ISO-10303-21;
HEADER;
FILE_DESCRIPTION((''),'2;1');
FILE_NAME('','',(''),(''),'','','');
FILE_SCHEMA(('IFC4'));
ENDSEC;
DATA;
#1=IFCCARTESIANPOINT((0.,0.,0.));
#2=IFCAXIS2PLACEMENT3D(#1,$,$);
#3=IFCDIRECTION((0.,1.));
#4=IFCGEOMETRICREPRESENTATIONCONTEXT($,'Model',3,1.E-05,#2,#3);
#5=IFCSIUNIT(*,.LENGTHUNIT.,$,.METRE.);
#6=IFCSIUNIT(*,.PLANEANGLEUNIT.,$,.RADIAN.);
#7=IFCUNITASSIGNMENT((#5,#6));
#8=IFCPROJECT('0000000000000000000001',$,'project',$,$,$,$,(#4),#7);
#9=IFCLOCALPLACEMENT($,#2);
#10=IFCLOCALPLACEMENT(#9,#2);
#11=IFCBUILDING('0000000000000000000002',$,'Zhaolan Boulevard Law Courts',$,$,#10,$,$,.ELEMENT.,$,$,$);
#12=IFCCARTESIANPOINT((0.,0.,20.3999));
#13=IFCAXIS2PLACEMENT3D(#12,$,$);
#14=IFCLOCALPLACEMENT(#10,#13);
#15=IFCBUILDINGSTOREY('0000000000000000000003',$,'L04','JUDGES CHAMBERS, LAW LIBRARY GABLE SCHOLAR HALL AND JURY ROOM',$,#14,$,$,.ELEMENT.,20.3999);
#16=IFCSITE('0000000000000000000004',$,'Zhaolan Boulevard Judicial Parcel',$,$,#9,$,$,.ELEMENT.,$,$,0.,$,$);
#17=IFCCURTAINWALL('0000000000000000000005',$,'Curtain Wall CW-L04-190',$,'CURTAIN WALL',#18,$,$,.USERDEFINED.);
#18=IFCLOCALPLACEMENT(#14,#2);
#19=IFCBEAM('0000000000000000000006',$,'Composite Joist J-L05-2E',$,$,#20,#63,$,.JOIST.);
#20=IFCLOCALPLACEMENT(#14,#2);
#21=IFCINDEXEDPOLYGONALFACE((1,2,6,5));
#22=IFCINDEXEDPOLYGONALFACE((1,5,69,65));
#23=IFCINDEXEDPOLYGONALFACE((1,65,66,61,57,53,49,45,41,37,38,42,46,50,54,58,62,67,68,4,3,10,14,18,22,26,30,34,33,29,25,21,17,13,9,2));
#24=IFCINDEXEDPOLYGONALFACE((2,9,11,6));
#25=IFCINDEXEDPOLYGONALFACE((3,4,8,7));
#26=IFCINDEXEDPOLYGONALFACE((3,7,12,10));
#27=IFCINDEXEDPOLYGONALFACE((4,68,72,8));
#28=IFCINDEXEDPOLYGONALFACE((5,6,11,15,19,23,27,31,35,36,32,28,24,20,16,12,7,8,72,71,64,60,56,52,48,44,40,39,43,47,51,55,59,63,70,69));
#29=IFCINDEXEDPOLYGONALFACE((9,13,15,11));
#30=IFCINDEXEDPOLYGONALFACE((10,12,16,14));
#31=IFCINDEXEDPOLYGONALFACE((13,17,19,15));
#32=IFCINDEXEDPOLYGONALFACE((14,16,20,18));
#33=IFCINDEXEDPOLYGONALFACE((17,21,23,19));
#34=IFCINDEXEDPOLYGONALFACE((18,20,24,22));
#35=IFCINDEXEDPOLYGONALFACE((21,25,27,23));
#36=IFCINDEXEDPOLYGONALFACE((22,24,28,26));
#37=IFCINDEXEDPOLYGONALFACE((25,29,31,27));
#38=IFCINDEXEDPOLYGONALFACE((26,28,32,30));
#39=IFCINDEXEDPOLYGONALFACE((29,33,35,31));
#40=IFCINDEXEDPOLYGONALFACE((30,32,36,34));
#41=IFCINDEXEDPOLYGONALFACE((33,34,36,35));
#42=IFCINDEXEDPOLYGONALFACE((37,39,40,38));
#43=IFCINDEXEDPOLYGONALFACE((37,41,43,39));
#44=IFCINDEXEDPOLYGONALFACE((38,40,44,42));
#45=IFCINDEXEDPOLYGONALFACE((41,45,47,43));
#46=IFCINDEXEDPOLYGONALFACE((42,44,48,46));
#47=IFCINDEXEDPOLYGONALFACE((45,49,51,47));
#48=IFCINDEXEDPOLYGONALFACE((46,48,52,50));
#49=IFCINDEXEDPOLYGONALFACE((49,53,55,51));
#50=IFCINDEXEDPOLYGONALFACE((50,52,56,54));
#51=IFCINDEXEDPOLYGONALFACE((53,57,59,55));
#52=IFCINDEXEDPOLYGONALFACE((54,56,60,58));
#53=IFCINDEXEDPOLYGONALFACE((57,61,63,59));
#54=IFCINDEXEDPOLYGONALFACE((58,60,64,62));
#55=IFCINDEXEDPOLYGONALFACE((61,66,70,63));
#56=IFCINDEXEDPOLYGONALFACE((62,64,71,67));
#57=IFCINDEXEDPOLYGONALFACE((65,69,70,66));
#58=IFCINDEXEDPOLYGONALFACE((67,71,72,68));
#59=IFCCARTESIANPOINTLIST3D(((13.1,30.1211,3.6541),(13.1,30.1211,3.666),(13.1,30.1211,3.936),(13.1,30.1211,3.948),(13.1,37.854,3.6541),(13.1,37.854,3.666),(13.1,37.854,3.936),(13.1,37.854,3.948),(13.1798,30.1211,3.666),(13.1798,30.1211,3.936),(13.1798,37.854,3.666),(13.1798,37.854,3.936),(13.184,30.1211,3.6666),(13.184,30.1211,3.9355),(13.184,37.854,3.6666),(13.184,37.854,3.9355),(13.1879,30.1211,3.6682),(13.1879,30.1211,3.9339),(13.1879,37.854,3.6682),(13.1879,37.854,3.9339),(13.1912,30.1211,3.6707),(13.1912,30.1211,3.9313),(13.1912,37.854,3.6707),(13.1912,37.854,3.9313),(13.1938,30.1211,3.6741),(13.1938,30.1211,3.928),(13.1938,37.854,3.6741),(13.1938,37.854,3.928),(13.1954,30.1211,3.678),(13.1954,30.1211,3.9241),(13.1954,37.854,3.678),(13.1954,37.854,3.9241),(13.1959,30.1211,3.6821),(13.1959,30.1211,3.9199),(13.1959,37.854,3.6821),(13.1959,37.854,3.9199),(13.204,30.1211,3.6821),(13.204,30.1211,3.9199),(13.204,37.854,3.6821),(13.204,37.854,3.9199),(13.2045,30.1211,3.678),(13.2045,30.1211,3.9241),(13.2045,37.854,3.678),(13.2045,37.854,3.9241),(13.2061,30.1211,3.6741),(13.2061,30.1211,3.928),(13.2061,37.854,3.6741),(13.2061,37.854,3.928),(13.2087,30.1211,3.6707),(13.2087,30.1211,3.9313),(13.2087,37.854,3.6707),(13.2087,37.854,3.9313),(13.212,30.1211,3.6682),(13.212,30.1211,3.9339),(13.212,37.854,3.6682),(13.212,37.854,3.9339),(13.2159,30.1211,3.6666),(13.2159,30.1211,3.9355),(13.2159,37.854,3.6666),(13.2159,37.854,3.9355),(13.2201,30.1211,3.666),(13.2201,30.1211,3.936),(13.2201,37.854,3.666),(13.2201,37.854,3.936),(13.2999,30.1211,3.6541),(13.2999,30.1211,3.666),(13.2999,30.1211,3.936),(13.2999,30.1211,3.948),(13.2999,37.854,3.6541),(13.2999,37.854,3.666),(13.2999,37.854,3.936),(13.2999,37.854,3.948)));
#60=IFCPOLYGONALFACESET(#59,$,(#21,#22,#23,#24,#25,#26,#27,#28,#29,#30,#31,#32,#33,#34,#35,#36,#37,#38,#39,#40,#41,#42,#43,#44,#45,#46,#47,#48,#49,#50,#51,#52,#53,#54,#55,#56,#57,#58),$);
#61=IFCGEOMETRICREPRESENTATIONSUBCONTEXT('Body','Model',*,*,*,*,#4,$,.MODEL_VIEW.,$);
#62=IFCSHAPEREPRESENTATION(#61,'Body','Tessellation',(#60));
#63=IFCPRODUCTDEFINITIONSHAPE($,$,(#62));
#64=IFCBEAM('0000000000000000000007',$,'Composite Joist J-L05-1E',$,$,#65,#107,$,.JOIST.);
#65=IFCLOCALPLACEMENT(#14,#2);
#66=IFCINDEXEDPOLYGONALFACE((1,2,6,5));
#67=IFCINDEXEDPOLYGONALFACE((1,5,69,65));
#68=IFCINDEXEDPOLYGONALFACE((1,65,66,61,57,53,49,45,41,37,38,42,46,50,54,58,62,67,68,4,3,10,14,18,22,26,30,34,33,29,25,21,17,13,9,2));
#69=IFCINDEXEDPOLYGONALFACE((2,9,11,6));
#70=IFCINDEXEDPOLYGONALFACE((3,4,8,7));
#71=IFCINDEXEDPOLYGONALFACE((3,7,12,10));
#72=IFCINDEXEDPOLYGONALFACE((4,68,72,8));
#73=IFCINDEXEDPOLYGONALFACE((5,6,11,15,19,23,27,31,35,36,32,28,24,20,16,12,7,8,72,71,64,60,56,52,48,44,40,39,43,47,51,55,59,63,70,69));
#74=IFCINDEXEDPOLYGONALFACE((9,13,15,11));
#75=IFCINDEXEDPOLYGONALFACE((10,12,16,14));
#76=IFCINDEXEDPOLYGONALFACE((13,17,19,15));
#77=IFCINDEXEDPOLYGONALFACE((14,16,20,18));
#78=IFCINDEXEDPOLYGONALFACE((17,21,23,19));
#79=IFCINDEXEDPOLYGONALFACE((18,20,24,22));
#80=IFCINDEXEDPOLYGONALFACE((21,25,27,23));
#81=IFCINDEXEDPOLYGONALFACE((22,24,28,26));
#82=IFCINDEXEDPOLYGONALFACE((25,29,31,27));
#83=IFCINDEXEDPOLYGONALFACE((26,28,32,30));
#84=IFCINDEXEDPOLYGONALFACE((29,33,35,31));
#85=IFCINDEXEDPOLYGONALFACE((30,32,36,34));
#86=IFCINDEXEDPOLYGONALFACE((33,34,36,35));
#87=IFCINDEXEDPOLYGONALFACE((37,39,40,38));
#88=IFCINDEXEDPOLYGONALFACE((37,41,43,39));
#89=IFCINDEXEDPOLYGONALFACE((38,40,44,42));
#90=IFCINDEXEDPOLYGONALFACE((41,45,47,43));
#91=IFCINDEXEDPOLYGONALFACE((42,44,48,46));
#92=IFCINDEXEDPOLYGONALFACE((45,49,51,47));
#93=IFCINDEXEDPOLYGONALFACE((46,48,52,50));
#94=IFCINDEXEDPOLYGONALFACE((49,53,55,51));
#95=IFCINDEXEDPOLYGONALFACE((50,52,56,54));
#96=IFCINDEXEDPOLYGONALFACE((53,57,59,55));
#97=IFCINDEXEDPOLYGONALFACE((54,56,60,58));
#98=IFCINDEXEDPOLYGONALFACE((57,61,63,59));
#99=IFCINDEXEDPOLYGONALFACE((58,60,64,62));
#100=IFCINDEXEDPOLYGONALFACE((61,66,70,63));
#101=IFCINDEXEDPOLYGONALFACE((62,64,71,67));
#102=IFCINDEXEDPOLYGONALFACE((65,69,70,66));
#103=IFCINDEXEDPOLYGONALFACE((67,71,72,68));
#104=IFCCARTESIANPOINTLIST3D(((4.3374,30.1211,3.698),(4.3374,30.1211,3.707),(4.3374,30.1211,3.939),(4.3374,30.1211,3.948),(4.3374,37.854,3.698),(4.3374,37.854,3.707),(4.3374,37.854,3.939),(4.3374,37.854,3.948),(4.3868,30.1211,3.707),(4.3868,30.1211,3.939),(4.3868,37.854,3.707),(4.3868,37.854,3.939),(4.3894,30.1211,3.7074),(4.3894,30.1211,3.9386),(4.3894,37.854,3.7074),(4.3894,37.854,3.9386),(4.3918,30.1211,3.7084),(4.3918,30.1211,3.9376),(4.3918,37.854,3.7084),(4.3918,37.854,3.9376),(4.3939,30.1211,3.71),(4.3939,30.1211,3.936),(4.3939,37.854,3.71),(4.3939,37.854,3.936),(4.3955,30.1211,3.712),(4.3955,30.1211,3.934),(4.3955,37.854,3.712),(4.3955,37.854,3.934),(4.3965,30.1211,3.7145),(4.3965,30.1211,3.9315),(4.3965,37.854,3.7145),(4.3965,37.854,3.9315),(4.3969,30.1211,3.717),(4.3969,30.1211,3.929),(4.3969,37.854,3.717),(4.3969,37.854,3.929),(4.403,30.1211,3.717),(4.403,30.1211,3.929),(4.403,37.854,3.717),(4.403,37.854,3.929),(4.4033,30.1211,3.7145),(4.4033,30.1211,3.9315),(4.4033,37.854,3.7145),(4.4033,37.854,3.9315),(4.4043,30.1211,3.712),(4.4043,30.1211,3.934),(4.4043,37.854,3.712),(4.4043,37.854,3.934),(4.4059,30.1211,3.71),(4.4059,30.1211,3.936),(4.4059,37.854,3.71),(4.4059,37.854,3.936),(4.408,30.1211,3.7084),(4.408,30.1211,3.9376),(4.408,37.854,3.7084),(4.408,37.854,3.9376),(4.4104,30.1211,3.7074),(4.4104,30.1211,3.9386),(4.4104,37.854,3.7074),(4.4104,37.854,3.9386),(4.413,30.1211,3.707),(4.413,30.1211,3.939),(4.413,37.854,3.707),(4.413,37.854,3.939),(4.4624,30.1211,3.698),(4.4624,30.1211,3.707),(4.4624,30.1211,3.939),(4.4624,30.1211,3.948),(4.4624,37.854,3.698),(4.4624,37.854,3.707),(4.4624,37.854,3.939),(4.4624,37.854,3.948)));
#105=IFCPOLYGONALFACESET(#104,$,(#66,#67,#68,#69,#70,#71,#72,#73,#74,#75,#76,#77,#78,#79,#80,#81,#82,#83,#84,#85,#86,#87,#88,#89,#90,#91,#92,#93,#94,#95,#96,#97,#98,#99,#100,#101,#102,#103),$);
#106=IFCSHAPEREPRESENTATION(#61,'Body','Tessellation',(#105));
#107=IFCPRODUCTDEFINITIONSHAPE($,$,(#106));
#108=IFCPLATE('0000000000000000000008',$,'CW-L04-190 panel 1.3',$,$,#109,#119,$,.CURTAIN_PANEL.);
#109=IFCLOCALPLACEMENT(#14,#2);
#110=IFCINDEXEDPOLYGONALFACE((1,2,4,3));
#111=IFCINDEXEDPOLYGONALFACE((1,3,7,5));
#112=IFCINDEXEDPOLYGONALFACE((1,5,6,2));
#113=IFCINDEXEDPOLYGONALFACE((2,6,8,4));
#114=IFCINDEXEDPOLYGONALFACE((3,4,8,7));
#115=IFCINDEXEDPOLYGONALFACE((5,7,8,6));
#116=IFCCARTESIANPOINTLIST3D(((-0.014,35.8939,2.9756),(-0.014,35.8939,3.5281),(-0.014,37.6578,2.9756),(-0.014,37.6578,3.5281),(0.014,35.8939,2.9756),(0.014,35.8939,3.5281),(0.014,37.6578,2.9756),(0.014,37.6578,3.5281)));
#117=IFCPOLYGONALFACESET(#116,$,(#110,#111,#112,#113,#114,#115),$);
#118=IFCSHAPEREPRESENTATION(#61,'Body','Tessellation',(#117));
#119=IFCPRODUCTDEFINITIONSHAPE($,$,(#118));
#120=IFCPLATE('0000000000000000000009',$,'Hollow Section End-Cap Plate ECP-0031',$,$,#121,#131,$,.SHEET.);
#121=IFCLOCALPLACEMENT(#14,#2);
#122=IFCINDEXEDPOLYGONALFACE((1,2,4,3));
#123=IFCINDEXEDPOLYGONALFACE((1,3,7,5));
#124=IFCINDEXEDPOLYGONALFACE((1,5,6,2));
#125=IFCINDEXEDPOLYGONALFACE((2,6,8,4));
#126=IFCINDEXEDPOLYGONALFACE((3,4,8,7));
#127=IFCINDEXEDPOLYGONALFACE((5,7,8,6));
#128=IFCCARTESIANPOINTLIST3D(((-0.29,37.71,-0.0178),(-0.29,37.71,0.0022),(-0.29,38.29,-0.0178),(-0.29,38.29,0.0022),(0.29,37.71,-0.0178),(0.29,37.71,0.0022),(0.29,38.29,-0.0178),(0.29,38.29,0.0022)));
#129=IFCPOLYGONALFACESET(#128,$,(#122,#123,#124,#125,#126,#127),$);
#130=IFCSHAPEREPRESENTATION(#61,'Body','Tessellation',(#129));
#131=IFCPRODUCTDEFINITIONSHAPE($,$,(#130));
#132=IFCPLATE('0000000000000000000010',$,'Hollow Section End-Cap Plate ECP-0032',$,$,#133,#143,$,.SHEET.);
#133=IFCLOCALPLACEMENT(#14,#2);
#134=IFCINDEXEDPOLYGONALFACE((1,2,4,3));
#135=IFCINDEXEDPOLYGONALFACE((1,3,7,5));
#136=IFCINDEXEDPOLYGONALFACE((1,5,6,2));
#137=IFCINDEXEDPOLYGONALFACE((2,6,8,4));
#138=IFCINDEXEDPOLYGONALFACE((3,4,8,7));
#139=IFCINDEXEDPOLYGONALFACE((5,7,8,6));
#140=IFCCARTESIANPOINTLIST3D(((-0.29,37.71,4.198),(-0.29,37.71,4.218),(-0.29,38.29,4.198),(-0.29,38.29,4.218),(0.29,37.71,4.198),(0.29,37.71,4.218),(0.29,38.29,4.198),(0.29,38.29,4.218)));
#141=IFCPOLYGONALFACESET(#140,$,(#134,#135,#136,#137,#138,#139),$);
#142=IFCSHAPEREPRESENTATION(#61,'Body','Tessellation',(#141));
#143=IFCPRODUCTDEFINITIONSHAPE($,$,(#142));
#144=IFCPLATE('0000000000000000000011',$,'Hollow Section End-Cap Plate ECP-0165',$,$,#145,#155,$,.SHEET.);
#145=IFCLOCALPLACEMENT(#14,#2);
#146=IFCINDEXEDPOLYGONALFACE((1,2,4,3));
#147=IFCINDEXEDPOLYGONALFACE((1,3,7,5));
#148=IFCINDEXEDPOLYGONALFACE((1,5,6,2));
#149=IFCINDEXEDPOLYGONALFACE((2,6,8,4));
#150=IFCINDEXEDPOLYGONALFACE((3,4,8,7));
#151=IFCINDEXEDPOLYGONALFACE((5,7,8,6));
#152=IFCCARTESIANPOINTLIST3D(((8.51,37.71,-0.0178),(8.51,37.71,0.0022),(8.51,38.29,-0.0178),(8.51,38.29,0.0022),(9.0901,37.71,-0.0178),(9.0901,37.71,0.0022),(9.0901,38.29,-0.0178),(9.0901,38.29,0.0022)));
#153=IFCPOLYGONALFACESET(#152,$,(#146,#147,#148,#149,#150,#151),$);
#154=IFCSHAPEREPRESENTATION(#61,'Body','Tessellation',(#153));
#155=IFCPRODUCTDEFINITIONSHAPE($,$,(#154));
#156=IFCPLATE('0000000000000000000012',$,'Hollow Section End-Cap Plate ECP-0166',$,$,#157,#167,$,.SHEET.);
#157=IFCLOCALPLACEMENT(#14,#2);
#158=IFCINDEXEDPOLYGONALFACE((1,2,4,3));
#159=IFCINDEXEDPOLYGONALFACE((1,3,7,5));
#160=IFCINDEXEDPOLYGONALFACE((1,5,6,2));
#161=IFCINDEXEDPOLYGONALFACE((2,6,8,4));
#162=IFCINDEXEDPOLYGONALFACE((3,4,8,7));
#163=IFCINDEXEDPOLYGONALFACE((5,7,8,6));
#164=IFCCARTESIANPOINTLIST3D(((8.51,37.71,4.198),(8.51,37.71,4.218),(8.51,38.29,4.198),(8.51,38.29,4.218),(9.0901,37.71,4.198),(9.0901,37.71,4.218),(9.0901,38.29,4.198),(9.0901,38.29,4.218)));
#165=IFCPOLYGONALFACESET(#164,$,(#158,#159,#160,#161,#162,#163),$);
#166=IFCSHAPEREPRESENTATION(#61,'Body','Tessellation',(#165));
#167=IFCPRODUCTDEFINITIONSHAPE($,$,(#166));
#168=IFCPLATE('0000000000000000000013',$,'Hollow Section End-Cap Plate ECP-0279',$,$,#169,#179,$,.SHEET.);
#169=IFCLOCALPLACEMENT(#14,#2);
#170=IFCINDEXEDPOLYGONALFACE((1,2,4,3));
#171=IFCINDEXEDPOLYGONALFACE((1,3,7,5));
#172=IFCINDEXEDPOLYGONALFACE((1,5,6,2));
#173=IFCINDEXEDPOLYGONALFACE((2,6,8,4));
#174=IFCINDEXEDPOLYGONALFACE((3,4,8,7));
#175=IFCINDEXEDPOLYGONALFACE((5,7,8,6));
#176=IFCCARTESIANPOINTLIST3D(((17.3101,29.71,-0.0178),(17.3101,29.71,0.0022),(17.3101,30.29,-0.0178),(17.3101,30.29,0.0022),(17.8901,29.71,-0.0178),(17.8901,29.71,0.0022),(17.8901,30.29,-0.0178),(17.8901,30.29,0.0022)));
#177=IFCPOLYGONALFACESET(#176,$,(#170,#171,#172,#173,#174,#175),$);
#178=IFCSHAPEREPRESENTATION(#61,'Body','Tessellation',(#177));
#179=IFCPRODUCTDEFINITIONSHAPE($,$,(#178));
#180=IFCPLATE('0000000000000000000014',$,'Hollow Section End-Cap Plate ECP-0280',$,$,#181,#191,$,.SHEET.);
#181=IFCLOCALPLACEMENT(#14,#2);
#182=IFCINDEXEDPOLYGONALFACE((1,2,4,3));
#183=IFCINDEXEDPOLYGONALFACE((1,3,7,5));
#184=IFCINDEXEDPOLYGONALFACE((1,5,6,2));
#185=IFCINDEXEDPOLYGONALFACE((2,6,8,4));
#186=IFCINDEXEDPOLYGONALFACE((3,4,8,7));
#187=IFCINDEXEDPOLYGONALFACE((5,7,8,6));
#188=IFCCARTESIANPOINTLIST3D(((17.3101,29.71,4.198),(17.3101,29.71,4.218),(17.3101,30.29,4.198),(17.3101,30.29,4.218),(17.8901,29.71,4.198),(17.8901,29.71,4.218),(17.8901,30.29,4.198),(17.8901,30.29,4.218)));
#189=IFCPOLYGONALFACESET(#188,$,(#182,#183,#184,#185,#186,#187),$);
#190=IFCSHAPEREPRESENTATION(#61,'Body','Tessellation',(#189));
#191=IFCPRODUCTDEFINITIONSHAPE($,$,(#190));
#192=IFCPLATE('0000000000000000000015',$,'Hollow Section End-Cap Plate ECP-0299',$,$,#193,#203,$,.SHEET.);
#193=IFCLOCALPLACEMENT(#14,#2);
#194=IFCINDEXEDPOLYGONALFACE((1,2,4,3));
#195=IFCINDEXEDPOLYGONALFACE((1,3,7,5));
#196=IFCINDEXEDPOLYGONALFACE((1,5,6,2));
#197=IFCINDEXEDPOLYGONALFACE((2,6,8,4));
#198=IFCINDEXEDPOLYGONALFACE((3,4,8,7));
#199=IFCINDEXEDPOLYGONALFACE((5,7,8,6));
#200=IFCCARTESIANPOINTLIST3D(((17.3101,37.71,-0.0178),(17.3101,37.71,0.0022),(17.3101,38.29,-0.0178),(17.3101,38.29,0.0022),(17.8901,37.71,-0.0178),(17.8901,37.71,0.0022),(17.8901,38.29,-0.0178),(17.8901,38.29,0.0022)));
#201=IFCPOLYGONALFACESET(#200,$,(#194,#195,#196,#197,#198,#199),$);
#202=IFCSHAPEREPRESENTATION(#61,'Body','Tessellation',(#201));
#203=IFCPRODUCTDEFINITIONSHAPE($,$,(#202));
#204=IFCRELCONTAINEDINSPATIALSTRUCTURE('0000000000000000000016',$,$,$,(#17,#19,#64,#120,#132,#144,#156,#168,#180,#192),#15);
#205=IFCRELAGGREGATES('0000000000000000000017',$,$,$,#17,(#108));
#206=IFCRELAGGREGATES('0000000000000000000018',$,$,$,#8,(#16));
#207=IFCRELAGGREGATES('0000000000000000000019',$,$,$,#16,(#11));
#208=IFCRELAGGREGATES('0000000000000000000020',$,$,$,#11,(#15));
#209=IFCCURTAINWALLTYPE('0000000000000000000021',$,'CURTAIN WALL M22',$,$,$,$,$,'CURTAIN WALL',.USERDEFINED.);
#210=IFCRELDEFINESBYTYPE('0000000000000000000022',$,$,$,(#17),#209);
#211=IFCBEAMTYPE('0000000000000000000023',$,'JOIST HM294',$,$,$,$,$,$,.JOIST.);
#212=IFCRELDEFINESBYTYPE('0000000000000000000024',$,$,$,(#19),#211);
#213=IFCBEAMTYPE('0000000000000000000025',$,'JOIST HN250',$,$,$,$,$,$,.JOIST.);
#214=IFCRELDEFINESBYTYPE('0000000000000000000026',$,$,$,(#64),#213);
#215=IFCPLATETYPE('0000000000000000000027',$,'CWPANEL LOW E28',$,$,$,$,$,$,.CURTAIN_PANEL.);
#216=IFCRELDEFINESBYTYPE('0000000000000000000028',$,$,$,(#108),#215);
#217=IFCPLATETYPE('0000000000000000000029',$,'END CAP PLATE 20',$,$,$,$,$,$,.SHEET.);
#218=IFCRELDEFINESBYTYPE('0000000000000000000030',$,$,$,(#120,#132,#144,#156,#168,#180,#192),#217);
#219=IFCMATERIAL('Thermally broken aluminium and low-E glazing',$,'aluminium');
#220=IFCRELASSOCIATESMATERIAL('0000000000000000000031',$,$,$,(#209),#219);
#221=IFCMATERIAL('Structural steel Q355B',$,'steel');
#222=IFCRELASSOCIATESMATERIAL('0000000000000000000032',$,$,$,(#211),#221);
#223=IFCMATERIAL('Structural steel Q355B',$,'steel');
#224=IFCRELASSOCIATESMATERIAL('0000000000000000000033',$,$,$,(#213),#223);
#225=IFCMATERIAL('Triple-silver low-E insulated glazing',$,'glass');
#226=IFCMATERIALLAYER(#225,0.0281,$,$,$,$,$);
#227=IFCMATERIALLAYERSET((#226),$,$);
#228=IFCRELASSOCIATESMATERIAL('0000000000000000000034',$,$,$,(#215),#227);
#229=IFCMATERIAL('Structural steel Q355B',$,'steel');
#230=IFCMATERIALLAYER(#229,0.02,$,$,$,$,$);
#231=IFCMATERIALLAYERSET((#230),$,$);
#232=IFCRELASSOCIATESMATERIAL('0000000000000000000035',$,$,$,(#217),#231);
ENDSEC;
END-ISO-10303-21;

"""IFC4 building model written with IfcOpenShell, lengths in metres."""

from ifc_helpers import new_model, si_unit, direction, frame, origin, origin_2d, place, context, subcontext, project, spatial, rectangle, i_section, extrude, material, layer, layer_set, material_profile, profile_set, type_object, element, aggregate, save


model = new_model("IFC4")

# Units and contexts
model_context = context("Model", 3, precision=1e-05, world=origin(), true_north=direction((0.0, 1.0)))
body_context = subcontext(model_context, "Body", "Model", "MODEL_VIEW")
ifc_project = project(units=[si_unit("LENGTHUNIT", "METRE"), si_unit("PLANEANGLEUNIT", "RADIAN")], contexts=[model_context])

# Site, building, storey
site_placement = place(None, origin())
site = spatial("IfcSite", under=ifc_project, at=site_placement, Name="Zhaolan Boulevard Judicial Parcel", CompositionType="ELEMENT", RefElevation=0.0)
building_placement = place(site_placement, origin())
building = spatial("IfcBuilding", under=site, at=building_placement, Name="Zhaolan Boulevard Law Courts", CompositionType="ELEMENT")
storey_placement = place(building_placement, frame((0.0, 0.0, 20.3999)))
storey = spatial("IfcBuildingStorey", under=building, at=storey_placement, Name="L04", Description="JUDGES CHAMBERS, LAW LIBRARY GABLE SCHOLAR HALL AND JURY ROOM", CompositionType="ELEMENT", Elevation=20.3999)

# Curtain wall
ifc_material_1 = material(Name="Thermally broken aluminium and low-E glazing", Category="aluminium")
curtain_wall_type_1 = type_object("IfcCurtainWallType", Name="CURTAIN WALL M22", ElementType="CURTAIN WALL", PredefinedType="USERDEFINED", material=ifc_material_1)
curtain_wall_1_placement = place(storey_placement, origin())
curtain_wall_1 = element("IfcCurtainWall", 1, at=curtain_wall_1_placement, inside=storey, type_object=curtain_wall_type_1, Name="Curtain Wall CW-L04-190", ObjectType="CURTAIN WALL", PredefinedType="USERDEFINED")

# Beams
ifc_material_2 = material(Name="Structural steel Q355B", Category="steel")
ifc_material_profile_1 = material_profile(ifc_material_2, i_section(OverallWidth=0.2, OverallDepth=0.2939, WebThickness=0.0081, FlangeThickness=0.012, FilletRadius=0.0161, at=origin_2d()), Name="HM294x200")
ifc_profile_set_1 = profile_set([ifc_material_profile_1], Name="Structural steel Q355B")
beam_type_1 = type_object("IfcBeamType", Name="JOIST HM294", PredefinedType="JOIST", material=ifc_profile_set_1)
beam_1_placement = place(storey_placement, frame((13.2, 30.1211, 3.801), z_axis=(0.0, 1.0, 0.0), x_axis=(-1.0, 0.0, 0.0)))
element("IfcBeam", 2, at=beam_1_placement, inside=storey, type_object=beam_type_1, Name="Composite Joist J-L05-2E", PredefinedType="JOIST", context=body_context, shape_type="SweptSolid", body=[
    extrude(i_section(OverallWidth=0.2, OverallDepth=0.2939, WebThickness=0.0081, FlangeThickness=0.012, FilletRadius=0.0161, at=origin_2d()), origin(), (0.0, 0.0, 1.0), 7.7329),
])
ifc_material_3 = material(Name="Structural steel Q355B", Category="steel")
ifc_material_profile_2 = material_profile(ifc_material_3, i_section(OverallWidth=0.125, OverallDepth=0.25, WebThickness=0.0061, FlangeThickness=0.009, FilletRadius=0.01, at=origin_2d()), Name="HN250x125")
ifc_profile_set_2 = profile_set([ifc_material_profile_2], Name="Structural steel Q355B")
beam_type_2 = type_object("IfcBeamType", Name="JOIST HN250", PredefinedType="JOIST", material=ifc_profile_set_2)
beam_2_placement = place(storey_placement, frame((4.3999, 30.1211, 3.823), z_axis=(0.0, 1.0, 0.0), x_axis=(-1.0, 0.0, 0.0)))
element("IfcBeam", 3, at=beam_2_placement, inside=storey, type_object=beam_type_2, Name="Composite Joist J-L05-1E", PredefinedType="JOIST", context=body_context, shape_type="SweptSolid", body=[
    extrude(i_section(OverallWidth=0.125, OverallDepth=0.25, WebThickness=0.0061, FlangeThickness=0.009, FilletRadius=0.01, at=origin_2d()), origin(), (0.0, 0.0, 1.0), 7.7329),
])

# Plate
ifc_material_4 = material(Name="Triple-silver low-E insulated glazing", Category="glass")
ifc_layer_1 = layer(ifc_material_4, 0.0281)
ifc_layer_set_1 = layer_set([ifc_layer_1])
plate_type_1 = type_object("IfcPlateType", Name="CWPANEL LOW E28", PredefinedType="CURTAIN_PANEL", material=ifc_layer_set_1)
plate_placement = place(storey_placement, frame((0.0, 36.7759, 2.9756), z_axis=(0.0, 0.0, 1.0), x_axis=(0.0, -1.0, 0.0)))
plate = element("IfcPlate", 4, at=plate_placement, type_object=plate_type_1, Name="CW-L04-190 panel 1.3", PredefinedType="CURTAIN_PANEL", context=body_context, shape_type="SweptSolid", body=[
    extrude(rectangle(XDim=1.7639, YDim=0.0281, at=origin_2d()), origin(), (0.0, 0.0, 1.0), 0.5525),
])
aggregate(curtain_wall_1, [plate])

# Plates
ifc_material_5 = material(Name="Structural steel Q355B", Category="steel")
ifc_layer_2 = layer(ifc_material_5, 0.02)
ifc_layer_set_2 = layer_set([ifc_layer_2])
plate_type_2 = type_object("IfcPlateType", Name="END CAP PLATE 20", PredefinedType="SHEET", material=ifc_layer_set_2)
for number, where, z_axis, x_axis, name in (
    (5, (0.0, 38.0, -0.0178), (0.0, 0.0, 1.0), (1.0, 0.0, 0.0), "Hollow Section End-Cap Plate ECP-0031"),
    (6, (0.0, 38.0, 4.198), (0.0, 0.0, 1.0), (1.0, 0.0, 0.0), "Hollow Section End-Cap Plate ECP-0032"),
    (7, (8.8, 38.0, -0.0178), (0.0, 0.0, 1.0), (1.0, 0.0, 0.0), "Hollow Section End-Cap Plate ECP-0165"),
    (8, (8.8, 38.0, 4.198), (0.0, 0.0, 1.0), (1.0, 0.0, 0.0), "Hollow Section End-Cap Plate ECP-0166"),
    (9, (17.6001, 30.0, -0.0178), (0.0, 0.0, 1.0), (1.0, 0.0, 0.0), "Hollow Section End-Cap Plate ECP-0279"),
    (10, (17.6001, 30.0, 4.198), (0.0, 0.0, 1.0), (1.0, 0.0, 0.0), "Hollow Section End-Cap Plate ECP-0280"),
    (11, (17.6001, 38.0, -0.0178), (0.0, 0.0, 1.0), (1.0, 0.0, 0.0), "Hollow Section End-Cap Plate ECP-0299"),
):
    element("IfcPlate", number, at=place(storey_placement, frame(where, z_axis=z_axis, x_axis=x_axis)), inside=storey, type_object=plate_type_2, Name=name, PredefinedType="SHEET", context=body_context, shape_type="SweptSolid", body=[
        extrude(rectangle(XDim=0.5801, YDim=0.5801, at=origin_2d()), origin(), (0.0, 0.0, 1.0), 0.02),
    ])

save(model, "model.ifc")
